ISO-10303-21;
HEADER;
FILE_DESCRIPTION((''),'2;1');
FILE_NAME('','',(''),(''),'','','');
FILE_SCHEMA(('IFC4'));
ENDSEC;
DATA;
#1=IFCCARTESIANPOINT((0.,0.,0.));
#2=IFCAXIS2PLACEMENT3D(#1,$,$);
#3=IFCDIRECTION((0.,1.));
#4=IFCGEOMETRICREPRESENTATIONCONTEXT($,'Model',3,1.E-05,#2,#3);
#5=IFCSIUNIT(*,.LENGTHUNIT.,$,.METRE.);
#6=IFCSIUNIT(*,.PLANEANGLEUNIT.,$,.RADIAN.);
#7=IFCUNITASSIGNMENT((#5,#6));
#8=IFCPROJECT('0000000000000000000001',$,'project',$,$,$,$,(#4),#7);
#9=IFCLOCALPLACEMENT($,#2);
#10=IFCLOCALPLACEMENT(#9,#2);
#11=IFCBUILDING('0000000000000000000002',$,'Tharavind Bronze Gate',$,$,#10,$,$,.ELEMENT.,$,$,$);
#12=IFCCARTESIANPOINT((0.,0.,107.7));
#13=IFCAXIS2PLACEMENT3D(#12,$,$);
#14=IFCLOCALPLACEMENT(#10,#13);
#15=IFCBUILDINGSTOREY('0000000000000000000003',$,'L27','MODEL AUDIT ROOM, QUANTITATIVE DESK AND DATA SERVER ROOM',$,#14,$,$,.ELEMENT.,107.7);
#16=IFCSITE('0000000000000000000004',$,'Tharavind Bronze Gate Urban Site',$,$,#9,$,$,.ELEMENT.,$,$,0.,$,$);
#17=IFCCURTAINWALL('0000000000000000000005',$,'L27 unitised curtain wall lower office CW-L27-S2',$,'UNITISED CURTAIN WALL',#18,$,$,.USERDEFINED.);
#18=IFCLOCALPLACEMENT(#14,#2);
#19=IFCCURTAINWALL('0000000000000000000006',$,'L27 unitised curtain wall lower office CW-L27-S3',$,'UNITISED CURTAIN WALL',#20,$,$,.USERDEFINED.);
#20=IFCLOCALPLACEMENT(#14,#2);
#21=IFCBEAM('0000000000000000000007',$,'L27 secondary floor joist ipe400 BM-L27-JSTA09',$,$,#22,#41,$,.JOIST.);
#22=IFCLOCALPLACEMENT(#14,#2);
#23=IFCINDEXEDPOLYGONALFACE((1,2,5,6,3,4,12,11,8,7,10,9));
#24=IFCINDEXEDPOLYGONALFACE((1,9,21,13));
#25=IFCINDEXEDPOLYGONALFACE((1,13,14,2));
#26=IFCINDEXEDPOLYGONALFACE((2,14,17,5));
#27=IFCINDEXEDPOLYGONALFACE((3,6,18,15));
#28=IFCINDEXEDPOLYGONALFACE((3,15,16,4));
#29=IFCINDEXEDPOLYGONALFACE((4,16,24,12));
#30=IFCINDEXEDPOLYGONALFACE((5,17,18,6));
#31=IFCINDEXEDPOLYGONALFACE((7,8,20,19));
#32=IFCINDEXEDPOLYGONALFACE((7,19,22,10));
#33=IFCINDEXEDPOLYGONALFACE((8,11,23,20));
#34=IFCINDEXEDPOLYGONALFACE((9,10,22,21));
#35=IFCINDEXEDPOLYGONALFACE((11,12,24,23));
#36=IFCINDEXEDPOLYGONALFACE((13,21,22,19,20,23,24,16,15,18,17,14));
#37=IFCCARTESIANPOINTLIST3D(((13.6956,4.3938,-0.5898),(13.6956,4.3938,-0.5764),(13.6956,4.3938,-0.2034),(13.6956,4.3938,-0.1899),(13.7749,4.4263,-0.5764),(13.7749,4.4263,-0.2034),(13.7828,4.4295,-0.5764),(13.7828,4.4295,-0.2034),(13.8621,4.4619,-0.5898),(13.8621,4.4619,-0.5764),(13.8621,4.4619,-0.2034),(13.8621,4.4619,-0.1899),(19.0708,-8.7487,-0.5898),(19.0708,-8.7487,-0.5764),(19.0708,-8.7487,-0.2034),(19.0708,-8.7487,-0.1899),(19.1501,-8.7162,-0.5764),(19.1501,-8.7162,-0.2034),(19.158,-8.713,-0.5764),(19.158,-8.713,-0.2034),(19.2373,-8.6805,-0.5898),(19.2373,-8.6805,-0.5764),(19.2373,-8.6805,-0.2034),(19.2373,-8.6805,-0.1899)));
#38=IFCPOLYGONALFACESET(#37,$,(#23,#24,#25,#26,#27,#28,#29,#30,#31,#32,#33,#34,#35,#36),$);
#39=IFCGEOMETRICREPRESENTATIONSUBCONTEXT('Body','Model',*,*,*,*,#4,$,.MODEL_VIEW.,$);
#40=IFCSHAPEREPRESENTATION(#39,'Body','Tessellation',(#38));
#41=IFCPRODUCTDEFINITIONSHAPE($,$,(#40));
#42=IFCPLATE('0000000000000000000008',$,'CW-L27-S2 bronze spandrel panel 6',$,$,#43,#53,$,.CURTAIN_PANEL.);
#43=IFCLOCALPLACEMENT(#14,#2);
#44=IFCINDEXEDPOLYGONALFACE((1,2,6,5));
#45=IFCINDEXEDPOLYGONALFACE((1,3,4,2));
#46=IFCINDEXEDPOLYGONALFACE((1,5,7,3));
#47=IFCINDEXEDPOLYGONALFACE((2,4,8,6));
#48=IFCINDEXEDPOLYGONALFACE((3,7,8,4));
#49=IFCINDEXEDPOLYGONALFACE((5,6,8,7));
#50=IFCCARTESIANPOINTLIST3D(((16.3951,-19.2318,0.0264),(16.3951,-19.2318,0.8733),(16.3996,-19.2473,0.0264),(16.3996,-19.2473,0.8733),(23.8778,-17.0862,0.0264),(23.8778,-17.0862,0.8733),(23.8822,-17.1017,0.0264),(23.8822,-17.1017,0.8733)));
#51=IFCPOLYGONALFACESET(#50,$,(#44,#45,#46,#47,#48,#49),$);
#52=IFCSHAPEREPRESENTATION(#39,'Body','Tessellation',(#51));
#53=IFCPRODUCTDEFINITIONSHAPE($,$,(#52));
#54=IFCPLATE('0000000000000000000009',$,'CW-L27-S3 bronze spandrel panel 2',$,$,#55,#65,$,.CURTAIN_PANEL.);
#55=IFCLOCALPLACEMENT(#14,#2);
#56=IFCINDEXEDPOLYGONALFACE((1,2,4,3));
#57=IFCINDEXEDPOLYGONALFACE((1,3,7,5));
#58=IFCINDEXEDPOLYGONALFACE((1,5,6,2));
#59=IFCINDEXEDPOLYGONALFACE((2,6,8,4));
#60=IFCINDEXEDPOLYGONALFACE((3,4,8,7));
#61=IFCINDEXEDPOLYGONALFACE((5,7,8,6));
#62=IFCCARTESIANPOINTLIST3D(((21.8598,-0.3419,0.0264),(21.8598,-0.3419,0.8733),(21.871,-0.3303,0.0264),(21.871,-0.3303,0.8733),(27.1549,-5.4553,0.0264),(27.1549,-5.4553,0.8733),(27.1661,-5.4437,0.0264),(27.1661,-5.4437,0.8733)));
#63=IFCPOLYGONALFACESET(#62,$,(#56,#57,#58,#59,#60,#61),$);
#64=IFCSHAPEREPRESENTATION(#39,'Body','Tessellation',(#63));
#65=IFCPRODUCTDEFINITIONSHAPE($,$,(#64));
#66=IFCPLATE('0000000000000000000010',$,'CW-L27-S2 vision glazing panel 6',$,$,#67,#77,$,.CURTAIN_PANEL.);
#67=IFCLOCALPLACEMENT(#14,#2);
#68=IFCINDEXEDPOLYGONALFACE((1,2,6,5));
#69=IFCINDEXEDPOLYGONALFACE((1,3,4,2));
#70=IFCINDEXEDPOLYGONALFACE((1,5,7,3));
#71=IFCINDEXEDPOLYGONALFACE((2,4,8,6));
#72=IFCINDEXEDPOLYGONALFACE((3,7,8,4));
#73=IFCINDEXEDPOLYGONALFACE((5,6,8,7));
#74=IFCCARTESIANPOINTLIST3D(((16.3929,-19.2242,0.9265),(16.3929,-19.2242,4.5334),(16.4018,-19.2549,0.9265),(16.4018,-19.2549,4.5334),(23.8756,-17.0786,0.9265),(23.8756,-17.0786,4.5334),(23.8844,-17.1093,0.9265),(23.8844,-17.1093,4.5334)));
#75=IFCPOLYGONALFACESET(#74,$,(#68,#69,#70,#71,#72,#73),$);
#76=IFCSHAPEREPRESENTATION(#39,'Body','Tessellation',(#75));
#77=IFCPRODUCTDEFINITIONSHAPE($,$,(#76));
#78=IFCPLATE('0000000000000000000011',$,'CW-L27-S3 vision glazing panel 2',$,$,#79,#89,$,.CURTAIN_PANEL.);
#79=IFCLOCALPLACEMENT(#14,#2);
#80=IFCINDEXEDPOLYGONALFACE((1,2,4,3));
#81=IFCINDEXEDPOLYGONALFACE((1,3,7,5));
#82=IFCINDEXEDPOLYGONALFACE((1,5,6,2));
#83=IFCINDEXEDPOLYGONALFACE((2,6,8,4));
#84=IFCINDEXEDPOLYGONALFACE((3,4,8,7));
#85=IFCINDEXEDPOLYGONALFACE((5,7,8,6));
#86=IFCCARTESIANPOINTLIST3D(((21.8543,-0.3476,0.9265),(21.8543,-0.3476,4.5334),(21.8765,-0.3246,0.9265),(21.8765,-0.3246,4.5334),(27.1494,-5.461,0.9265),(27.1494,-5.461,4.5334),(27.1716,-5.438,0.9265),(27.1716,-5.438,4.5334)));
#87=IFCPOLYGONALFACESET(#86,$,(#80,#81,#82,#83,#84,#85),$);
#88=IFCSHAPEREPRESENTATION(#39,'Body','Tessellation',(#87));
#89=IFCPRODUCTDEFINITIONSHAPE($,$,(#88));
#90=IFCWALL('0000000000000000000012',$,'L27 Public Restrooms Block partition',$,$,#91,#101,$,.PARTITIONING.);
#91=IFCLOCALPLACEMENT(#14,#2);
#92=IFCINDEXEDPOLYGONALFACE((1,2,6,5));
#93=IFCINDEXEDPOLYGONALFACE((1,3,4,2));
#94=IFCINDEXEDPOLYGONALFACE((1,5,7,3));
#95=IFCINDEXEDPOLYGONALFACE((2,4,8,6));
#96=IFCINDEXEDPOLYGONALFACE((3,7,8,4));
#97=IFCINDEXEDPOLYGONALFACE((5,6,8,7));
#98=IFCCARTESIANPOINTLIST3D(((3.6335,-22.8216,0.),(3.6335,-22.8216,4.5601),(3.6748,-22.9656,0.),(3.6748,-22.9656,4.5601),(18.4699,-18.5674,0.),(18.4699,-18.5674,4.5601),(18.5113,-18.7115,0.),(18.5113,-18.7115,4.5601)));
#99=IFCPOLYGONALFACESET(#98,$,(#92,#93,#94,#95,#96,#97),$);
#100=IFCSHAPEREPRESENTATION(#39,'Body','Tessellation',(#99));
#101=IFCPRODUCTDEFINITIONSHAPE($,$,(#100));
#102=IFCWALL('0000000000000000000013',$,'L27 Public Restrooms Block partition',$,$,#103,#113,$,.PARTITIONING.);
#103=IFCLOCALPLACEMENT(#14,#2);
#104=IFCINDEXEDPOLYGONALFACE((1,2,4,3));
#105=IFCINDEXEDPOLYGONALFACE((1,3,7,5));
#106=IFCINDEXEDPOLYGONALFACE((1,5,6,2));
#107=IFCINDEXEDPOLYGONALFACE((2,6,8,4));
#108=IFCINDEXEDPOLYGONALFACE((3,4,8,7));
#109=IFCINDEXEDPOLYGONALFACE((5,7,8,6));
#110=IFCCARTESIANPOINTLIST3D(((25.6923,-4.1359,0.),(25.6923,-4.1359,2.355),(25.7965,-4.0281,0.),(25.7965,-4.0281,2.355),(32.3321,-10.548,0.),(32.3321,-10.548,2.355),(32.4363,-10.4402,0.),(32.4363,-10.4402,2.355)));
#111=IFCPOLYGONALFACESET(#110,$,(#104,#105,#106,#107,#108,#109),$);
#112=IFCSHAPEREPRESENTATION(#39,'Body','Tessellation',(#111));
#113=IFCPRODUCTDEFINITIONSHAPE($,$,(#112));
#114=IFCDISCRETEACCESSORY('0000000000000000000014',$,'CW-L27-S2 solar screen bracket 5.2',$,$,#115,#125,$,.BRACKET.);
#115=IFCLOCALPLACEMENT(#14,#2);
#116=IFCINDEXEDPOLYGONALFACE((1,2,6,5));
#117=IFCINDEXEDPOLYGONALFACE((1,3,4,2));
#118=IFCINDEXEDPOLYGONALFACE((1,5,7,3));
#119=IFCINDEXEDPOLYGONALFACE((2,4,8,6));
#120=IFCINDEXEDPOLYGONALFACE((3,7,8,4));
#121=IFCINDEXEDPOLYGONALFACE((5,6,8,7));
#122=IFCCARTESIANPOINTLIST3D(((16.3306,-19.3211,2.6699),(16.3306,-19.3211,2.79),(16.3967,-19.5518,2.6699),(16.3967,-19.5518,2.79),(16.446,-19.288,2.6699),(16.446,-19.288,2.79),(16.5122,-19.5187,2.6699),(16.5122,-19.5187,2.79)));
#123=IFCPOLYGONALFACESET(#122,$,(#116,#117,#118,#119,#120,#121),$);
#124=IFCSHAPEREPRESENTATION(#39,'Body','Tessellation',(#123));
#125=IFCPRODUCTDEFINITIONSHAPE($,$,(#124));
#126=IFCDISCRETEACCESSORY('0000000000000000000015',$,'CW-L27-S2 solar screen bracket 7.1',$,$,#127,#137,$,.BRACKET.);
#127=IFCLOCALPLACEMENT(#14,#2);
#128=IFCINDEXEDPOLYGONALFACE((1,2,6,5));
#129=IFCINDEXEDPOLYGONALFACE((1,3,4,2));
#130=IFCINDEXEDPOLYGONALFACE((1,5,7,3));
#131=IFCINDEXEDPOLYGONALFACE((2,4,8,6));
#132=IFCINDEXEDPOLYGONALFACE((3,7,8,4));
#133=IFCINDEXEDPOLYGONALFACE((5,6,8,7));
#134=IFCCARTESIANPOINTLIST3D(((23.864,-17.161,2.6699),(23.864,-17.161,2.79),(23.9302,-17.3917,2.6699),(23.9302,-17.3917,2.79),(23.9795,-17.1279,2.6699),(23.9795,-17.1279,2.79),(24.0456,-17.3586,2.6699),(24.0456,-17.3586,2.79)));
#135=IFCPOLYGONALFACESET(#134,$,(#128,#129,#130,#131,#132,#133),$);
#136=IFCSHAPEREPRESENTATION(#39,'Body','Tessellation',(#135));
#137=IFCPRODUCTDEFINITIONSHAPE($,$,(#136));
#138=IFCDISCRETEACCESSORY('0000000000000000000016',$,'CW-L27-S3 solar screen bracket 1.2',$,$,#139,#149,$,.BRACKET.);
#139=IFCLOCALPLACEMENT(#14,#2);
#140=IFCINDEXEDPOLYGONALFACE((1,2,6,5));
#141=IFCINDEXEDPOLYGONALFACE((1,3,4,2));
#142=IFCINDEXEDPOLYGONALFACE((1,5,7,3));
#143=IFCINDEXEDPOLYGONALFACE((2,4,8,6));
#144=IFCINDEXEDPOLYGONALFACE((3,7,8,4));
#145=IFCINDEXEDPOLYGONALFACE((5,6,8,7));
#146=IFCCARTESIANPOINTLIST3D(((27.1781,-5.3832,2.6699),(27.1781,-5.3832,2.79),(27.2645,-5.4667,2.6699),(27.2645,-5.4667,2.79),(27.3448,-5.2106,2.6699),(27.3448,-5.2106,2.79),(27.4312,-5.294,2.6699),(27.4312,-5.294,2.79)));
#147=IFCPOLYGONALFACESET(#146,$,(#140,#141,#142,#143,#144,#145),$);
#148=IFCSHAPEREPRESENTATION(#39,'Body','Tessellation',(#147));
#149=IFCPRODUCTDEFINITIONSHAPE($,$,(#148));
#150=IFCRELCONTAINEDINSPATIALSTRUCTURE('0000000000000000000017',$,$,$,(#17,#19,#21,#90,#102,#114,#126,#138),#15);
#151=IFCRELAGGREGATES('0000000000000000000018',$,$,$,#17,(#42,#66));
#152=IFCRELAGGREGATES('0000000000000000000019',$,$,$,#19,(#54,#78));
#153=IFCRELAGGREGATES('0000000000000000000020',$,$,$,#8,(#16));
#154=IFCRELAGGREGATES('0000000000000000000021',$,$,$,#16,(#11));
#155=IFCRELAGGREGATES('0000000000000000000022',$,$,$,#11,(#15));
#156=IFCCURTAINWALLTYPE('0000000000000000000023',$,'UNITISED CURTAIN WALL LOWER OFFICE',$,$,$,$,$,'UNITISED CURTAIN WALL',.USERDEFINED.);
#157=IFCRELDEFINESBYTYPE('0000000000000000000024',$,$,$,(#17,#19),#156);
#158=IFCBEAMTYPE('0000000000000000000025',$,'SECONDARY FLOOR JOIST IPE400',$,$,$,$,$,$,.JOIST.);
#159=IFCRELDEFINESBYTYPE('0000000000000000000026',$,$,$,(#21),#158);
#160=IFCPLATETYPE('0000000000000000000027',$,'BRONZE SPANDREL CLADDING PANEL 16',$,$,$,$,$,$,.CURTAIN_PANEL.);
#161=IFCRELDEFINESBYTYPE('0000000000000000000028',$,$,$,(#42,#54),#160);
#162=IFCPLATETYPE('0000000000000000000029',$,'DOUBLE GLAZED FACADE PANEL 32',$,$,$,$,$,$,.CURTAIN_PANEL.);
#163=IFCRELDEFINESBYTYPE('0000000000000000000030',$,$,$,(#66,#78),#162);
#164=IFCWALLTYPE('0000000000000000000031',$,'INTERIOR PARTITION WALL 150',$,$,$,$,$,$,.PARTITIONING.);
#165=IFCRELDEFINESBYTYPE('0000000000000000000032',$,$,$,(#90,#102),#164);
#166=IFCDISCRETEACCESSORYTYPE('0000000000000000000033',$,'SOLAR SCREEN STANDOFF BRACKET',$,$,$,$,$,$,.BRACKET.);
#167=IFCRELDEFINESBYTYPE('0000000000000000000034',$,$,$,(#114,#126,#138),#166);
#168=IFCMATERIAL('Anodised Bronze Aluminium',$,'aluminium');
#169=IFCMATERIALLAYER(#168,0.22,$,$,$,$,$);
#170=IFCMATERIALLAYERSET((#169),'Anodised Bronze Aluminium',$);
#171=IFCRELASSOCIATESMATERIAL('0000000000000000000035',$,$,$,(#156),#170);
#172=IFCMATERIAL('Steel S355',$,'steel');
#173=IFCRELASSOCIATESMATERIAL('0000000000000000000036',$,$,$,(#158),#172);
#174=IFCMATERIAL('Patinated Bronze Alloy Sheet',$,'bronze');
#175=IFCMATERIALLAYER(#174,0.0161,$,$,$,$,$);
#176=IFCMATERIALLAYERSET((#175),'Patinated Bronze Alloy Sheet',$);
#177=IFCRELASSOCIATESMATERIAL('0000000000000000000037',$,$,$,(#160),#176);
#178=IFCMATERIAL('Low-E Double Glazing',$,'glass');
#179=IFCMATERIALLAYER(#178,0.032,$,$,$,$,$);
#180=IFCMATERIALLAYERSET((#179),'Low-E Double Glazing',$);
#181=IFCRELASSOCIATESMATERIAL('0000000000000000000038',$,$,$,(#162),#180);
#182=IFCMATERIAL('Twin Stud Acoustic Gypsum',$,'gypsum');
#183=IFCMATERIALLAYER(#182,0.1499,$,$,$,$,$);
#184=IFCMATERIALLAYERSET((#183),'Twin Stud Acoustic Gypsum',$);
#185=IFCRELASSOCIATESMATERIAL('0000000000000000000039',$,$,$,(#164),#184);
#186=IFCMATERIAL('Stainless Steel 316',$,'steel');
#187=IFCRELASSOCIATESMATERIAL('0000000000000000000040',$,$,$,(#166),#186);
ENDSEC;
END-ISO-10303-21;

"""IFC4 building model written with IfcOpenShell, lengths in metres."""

from ifc_helpers import new_model, si_unit, direction, frame, frame_2d, origin, origin_2d, place, context, subcontext, project, spatial, rectangle, i_section, extrude, material, layer, layer_set, material_profile, profile_set, type_object, element, aggregate, save


model = new_model("IFC4")

# Units and contexts
model_context = context("Model", 3, precision=1e-05, world=origin(), true_north=direction((0.0, 1.0)))
body_context = subcontext(model_context, "Body", "Model", "MODEL_VIEW")
ifc_project = project(units=[si_unit("LENGTHUNIT", "METRE"), si_unit("PLANEANGLEUNIT", "RADIAN")], contexts=[model_context])

# Site, building, storey
site_placement = place(None, origin())
site = spatial("IfcSite", under=ifc_project, at=site_placement, Name="Tharavind Bronze Gate Urban Site", CompositionType="ELEMENT", RefElevation=0.0)
building_placement = place(site_placement, origin())
building = spatial("IfcBuilding", under=site, at=building_placement, Name="Tharavind Bronze Gate", CompositionType="ELEMENT")
storey_placement = place(building_placement, frame((0.0, 0.0, 107.7)))
storey = spatial("IfcBuildingStorey", under=building, at=storey_placement, Name="L27", Description="MODEL AUDIT ROOM, QUANTITATIVE DESK AND DATA SERVER ROOM", CompositionType="ELEMENT", Elevation=107.7)

# Curtain wall
ifc_material_1 = material(Name="Anodised Bronze Aluminium", Category="aluminium")
ifc_layer_1 = layer(ifc_material_1, 0.22)
ifc_layer_set_1 = layer_set([ifc_layer_1], Name="Anodised Bronze Aluminium")
curtain_wall_type = type_object("IfcCurtainWallType", Name="UNITISED CURTAIN WALL LOWER OFFICE", ElementType="UNITISED CURTAIN WALL", PredefinedType="USERDEFINED", material=ifc_layer_set_1)
curtain_wall_1_placement = place(storey_placement, origin())
curtain_wall_1 = element("IfcCurtainWall", 1, at=curtain_wall_1_placement, inside=storey, type_object=curtain_wall_type, Name="L27 unitised curtain wall lower office CW-L27-S2", ObjectType="UNITISED CURTAIN WALL", PredefinedType="USERDEFINED")

# Curtain wall
curtain_wall_2_placement = place(storey_placement, origin())
curtain_wall_2 = element("IfcCurtainWall", 2, at=curtain_wall_2_placement, inside=storey, type_object=curtain_wall_type, Name="L27 unitised curtain wall lower office CW-L27-S3", ObjectType="UNITISED CURTAIN WALL", PredefinedType="USERDEFINED")

# Beam
ifc_material_2 = material(Name="Steel S355", Category="steel")
ifc_material_profile_1 = material_profile(ifc_material_2, i_section(OverallWidth=0.1799, OverallDepth=0.3999, WebThickness=0.0085, FlangeThickness=0.0134, at=origin_2d()), Name="IPE400")
ifc_profile_set_1 = profile_set([ifc_material_profile_1], Name="Steel S355")
beam_type_1 = type_object("IfcBeamType", Name="SECONDARY FLOOR JOIST IPE400", PredefinedType="JOIST", material=ifc_profile_set_1)
beam_1_placement = place(storey_placement, frame((19.1541, -8.7146, -0.3899), z_axis=(-0.378557, 0.925578, 0.0), x_axis=(-0.925578, -0.378557, 0.0)))
element("IfcBeam", 3, at=beam_1_placement, inside=storey, type_object=beam_type_1, Name="L27 secondary floor joist ipe400 BM-L27-JSTA09", PredefinedType="JOIST", context=body_context, shape_type="SweptSolid", body=[
    extrude(i_section(OverallWidth=0.1799, OverallDepth=0.3999, WebThickness=0.0085, FlangeThickness=0.0134, at=origin_2d()), origin(), (0.0, 0.0, 1.0), 14.1992),
])

# Plates
ifc_material_3 = material(Name="Patinated Bronze Alloy Sheet", Category="bronze")
ifc_layer_2 = layer(ifc_material_3, 0.0161)
ifc_layer_set_2 = layer_set([ifc_layer_2], Name="Patinated Bronze Alloy Sheet")
plate_type_1 = type_object("IfcPlateType", Name="BRONZE SPANDREL CLADDING PANEL 16", PredefinedType="CURTAIN_PANEL", material=ifc_layer_set_2)
plate_1_placement = place(storey_placement, frame((20.1387, -18.1667, 0.0264), z_axis=(0.0, 0.0, 1.0), x_axis=(0.961262, 0.275637, 0.0)))
plate_1 = element("IfcPlate", 4, at=plate_1_placement, type_object=plate_type_1, Name="CW-L27-S2 bronze spandrel panel 6", PredefinedType="CURTAIN_PANEL", context=body_context, shape_type="SweptSolid", body=[
    extrude(rectangle(XDim=7.7842, YDim=0.0161, at=origin_2d()), origin(), (0.0, 0.0, 1.0), 0.8469),
])
plate_2_placement = place(storey_placement, frame((24.5129, -2.8928, 0.0264), z_axis=(0.0, 0.0, 1.0), x_axis=(-0.719341, 0.694657, 0.0)))
plate_2 = element("IfcPlate", 5, at=plate_2_placement, type_object=plate_type_1, Name="CW-L27-S3 bronze spandrel panel 2", PredefinedType="CURTAIN_PANEL", context=body_context, shape_type="SweptSolid", body=[
    extrude(rectangle(XDim=7.3611, YDim=0.0161, at=origin_2d()), origin(), (0.0, 0.0, 1.0), 0.8469),
])
ifc_material_4 = material(Name="Low-E Double Glazing", Category="glass")
ifc_layer_3 = layer(ifc_material_4, 0.032)
ifc_layer_set_3 = layer_set([ifc_layer_3], Name="Low-E Double Glazing")
plate_type_2 = type_object("IfcPlateType", Name="DOUBLE GLAZED FACADE PANEL 32", PredefinedType="CURTAIN_PANEL", material=ifc_layer_set_3)
plate_3_placement = place(storey_placement, frame((20.1387, -18.1667, 0.9265), z_axis=(0.0, 0.0, 1.0), x_axis=(0.961262, 0.275637, 0.0)))
plate_3 = element("IfcPlate", 6, at=plate_3_placement, type_object=plate_type_2, Name="CW-L27-S2 vision glazing panel 6", PredefinedType="CURTAIN_PANEL", context=body_context, shape_type="SweptSolid", body=[
    extrude(rectangle(XDim=7.7842, YDim=0.032, at=origin_2d()), origin(), (0.0, 0.0, 1.0), 3.6069),
])
aggregate(curtain_wall_1, [plate_1, plate_3])
plate_4_placement = place(storey_placement, frame((24.5129, -2.8928, 0.9265), z_axis=(0.0, 0.0, 1.0), x_axis=(-0.719341, 0.694657, 0.0)))
plate_4 = element("IfcPlate", 7, at=plate_4_placement, type_object=plate_type_2, Name="CW-L27-S3 vision glazing panel 2", PredefinedType="CURTAIN_PANEL", context=body_context, shape_type="SweptSolid", body=[
    extrude(rectangle(XDim=7.3611, YDim=0.032, at=origin_2d()), origin(), (0.0, 0.0, 1.0), 3.6069),
])
aggregate(curtain_wall_2, [plate_2, plate_4])

# Walls
ifc_material_5 = material(Name="Twin Stud Acoustic Gypsum", Category="gypsum")
ifc_layer_4 = layer(ifc_material_5, 0.1499)
ifc_layer_set_4 = layer_set([ifc_layer_4], Name="Twin Stud Acoustic Gypsum")
wall_type = type_object("IfcWallType", Name="INTERIOR PARTITION WALL 150", PredefinedType="PARTITIONING", material=ifc_layer_set_4)
wall_1_placement = place(storey_placement, frame((18.4907, -18.6394, 0.0), z_axis=(0.0, 0.0, 1.0), x_axis=(-0.961264, -0.27563, 0.0)))
element("IfcWall", 8, at=wall_1_placement, inside=storey, type_object=wall_type, Name="L27 Public Restrooms Block partition", PredefinedType="PARTITIONING", context=body_context, shape_type="SweptSolid", body=[
    extrude(rectangle(XDim=15.4343, YDim=0.1499, at=frame_2d((7.7173, 0.0))), origin(), (0.0, 0.0, 1.0), 4.5601),
])
wall_2_placement = place(storey_placement, frame((25.7444, -4.082, 0.0), z_axis=(0.0, 0.0, 1.0), x_axis=(0.719338, -0.694661, 0.0)))
element("IfcWall", 9, at=wall_2_placement, inside=storey, type_object=wall_type, Name="L27 Public Restrooms Block partition", PredefinedType="PARTITIONING", context=body_context, shape_type="SweptSolid", body=[
    extrude(rectangle(XDim=9.2305, YDim=0.1499, at=frame_2d((4.6152, 0.0))), origin(), (0.0, 0.0, 1.0), 2.355),
])

# Discrete accessories
ifc_material_6 = material(Name="Stainless Steel 316", Category="steel")
discrete_accessory_type = type_object("IfcDiscreteAccessoryType", Name="SOLAR SCREEN STANDOFF BRACKET", PredefinedType="BRACKET", material=ifc_material_6)
for number, where, z_axis, x_axis, name in (
    (10, (16.4214, -19.4199, 2.6699), (0.0, 0.0, 1.0), (0.961262, 0.275637, 0.0), "CW-L27-S2 solar screen bracket 5.2"),
    (11, (23.9548, -17.2598, 2.6699), (0.0, 0.0, 1.0), (0.961262, 0.275637, 0.0), "CW-L27-S2 solar screen bracket 7.1"),
    (12, (27.3047, -5.3386, 2.6699), (0.0, 0.0, 1.0), (-0.719341, 0.694657, 0.0), "CW-L27-S3 solar screen bracket 1.2"),
):
    element("IfcDiscreteAccessory", number, at=place(storey_placement, frame(where, z_axis=z_axis, x_axis=x_axis)), inside=storey, type_object=discrete_accessory_type, Name=name, PredefinedType="BRACKET", context=body_context, shape_type="SweptSolid", body=[
        extrude(rectangle(XDim=0.1201, YDim=0.24, at=origin_2d()), origin(), (0.0, 0.0, 1.0), 0.1201),
    ])

save(model, "model.ifc")
